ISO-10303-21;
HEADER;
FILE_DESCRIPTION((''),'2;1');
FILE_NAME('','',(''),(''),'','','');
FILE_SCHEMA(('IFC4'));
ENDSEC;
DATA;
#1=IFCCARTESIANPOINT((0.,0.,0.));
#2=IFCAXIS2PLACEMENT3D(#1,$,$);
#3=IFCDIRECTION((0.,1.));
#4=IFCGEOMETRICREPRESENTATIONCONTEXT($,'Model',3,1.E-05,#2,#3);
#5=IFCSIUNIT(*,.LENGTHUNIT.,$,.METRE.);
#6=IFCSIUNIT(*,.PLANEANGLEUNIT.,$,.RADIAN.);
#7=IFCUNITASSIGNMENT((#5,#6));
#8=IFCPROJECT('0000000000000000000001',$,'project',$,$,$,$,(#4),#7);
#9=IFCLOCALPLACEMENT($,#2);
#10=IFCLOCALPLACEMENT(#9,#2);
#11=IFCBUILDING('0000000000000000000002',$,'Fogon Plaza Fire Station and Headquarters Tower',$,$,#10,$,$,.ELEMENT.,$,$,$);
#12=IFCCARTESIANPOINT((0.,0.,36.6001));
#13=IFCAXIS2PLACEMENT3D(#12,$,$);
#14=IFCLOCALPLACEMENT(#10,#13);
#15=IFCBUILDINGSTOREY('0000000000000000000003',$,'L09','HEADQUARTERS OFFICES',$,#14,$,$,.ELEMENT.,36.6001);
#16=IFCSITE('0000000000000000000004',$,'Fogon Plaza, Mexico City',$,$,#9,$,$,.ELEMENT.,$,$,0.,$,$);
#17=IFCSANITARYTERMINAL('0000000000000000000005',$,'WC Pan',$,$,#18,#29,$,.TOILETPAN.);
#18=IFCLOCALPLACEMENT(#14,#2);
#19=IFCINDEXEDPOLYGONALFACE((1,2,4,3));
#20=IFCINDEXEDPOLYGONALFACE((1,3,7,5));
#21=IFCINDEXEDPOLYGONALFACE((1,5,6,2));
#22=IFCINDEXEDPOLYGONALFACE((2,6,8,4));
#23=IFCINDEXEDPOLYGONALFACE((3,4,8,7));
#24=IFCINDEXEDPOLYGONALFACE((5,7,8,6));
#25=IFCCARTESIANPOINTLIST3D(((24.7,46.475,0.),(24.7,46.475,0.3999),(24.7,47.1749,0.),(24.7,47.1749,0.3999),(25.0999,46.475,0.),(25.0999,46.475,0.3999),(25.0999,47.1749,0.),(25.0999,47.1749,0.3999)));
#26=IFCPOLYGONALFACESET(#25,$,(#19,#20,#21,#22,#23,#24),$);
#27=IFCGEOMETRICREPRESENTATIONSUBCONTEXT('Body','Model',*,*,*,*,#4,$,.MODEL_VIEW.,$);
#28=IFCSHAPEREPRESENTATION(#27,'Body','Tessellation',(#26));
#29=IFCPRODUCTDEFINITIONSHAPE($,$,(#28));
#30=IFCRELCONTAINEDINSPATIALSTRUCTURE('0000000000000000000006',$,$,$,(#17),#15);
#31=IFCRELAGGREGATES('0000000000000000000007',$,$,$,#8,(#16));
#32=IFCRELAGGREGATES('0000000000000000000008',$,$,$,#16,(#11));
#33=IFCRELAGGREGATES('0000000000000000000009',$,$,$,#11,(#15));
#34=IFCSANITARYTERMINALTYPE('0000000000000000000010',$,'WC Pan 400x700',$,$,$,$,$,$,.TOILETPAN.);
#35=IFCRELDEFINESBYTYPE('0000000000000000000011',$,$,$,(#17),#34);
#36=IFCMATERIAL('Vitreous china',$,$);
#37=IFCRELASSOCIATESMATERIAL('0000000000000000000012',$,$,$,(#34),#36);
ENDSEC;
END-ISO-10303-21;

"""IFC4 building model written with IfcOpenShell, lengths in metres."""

from ifc_helpers import new_model, si_unit, direction, frame, origin, origin_2d, place, context, subcontext, project, spatial, rectangle, extrude, material, type_object, element, save


model = new_model("IFC4")

# Units and contexts
model_context = context("Model", 3, precision=1e-05, world=origin(), true_north=direction((0.0, 1.0)))
body_context = subcontext(model_context, "Body", "Model", "MODEL_VIEW")
ifc_project = project(units=[si_unit("LENGTHUNIT", "METRE"), si_unit("PLANEANGLEUNIT", "RADIAN")], contexts=[model_context])

# Site, building, storey
site_placement = place(None, origin())
site = spatial("IfcSite", under=ifc_project, at=site_placement, Name="Fogon Plaza, Mexico City", CompositionType="ELEMENT", RefElevation=0.0)
building_placement = place(site_placement, origin())
building = spatial("IfcBuilding", under=site, at=building_placement, Name="Fogon Plaza Fire Station and Headquarters Tower", CompositionType="ELEMENT")
storey_placement = place(building_placement, frame((0.0, 0.0, 36.6001)))
storey = spatial("IfcBuildingStorey", under=building, at=storey_placement, Name="L09", Description="HEADQUARTERS OFFICES", CompositionType="ELEMENT", Elevation=36.6001)

# Sanitary terminal
ifc_material_1 = material(Name="Vitreous china")
sanitary_terminal_type_1 = type_object("IfcSanitaryTerminalType", Name="WC Pan 400x700", PredefinedType="TOILETPAN", material=ifc_material_1)
for number, where, z_axis, x_axis, name in (
    (1, (24.8999, 46.825, 0.0), (0.0, 0.0, 1.0), (1.0, 0.0, 0.0), "WC Pan"),
):
    element("IfcSanitaryTerminal", number, at=place(storey_placement, frame(where, z_axis=z_axis, x_axis=x_axis)), inside=storey, type_object=sanitary_terminal_type_1, Name=name, PredefinedType="TOILETPAN", context=body_context, shape_type="SweptSolid", body=[
        extrude(rectangle(XDim=0.3999, YDim=0.7, at=origin_2d()), origin(), (0.0, 0.0, 1.0), 0.3999),
    ])

save(model, "model.ifc")
